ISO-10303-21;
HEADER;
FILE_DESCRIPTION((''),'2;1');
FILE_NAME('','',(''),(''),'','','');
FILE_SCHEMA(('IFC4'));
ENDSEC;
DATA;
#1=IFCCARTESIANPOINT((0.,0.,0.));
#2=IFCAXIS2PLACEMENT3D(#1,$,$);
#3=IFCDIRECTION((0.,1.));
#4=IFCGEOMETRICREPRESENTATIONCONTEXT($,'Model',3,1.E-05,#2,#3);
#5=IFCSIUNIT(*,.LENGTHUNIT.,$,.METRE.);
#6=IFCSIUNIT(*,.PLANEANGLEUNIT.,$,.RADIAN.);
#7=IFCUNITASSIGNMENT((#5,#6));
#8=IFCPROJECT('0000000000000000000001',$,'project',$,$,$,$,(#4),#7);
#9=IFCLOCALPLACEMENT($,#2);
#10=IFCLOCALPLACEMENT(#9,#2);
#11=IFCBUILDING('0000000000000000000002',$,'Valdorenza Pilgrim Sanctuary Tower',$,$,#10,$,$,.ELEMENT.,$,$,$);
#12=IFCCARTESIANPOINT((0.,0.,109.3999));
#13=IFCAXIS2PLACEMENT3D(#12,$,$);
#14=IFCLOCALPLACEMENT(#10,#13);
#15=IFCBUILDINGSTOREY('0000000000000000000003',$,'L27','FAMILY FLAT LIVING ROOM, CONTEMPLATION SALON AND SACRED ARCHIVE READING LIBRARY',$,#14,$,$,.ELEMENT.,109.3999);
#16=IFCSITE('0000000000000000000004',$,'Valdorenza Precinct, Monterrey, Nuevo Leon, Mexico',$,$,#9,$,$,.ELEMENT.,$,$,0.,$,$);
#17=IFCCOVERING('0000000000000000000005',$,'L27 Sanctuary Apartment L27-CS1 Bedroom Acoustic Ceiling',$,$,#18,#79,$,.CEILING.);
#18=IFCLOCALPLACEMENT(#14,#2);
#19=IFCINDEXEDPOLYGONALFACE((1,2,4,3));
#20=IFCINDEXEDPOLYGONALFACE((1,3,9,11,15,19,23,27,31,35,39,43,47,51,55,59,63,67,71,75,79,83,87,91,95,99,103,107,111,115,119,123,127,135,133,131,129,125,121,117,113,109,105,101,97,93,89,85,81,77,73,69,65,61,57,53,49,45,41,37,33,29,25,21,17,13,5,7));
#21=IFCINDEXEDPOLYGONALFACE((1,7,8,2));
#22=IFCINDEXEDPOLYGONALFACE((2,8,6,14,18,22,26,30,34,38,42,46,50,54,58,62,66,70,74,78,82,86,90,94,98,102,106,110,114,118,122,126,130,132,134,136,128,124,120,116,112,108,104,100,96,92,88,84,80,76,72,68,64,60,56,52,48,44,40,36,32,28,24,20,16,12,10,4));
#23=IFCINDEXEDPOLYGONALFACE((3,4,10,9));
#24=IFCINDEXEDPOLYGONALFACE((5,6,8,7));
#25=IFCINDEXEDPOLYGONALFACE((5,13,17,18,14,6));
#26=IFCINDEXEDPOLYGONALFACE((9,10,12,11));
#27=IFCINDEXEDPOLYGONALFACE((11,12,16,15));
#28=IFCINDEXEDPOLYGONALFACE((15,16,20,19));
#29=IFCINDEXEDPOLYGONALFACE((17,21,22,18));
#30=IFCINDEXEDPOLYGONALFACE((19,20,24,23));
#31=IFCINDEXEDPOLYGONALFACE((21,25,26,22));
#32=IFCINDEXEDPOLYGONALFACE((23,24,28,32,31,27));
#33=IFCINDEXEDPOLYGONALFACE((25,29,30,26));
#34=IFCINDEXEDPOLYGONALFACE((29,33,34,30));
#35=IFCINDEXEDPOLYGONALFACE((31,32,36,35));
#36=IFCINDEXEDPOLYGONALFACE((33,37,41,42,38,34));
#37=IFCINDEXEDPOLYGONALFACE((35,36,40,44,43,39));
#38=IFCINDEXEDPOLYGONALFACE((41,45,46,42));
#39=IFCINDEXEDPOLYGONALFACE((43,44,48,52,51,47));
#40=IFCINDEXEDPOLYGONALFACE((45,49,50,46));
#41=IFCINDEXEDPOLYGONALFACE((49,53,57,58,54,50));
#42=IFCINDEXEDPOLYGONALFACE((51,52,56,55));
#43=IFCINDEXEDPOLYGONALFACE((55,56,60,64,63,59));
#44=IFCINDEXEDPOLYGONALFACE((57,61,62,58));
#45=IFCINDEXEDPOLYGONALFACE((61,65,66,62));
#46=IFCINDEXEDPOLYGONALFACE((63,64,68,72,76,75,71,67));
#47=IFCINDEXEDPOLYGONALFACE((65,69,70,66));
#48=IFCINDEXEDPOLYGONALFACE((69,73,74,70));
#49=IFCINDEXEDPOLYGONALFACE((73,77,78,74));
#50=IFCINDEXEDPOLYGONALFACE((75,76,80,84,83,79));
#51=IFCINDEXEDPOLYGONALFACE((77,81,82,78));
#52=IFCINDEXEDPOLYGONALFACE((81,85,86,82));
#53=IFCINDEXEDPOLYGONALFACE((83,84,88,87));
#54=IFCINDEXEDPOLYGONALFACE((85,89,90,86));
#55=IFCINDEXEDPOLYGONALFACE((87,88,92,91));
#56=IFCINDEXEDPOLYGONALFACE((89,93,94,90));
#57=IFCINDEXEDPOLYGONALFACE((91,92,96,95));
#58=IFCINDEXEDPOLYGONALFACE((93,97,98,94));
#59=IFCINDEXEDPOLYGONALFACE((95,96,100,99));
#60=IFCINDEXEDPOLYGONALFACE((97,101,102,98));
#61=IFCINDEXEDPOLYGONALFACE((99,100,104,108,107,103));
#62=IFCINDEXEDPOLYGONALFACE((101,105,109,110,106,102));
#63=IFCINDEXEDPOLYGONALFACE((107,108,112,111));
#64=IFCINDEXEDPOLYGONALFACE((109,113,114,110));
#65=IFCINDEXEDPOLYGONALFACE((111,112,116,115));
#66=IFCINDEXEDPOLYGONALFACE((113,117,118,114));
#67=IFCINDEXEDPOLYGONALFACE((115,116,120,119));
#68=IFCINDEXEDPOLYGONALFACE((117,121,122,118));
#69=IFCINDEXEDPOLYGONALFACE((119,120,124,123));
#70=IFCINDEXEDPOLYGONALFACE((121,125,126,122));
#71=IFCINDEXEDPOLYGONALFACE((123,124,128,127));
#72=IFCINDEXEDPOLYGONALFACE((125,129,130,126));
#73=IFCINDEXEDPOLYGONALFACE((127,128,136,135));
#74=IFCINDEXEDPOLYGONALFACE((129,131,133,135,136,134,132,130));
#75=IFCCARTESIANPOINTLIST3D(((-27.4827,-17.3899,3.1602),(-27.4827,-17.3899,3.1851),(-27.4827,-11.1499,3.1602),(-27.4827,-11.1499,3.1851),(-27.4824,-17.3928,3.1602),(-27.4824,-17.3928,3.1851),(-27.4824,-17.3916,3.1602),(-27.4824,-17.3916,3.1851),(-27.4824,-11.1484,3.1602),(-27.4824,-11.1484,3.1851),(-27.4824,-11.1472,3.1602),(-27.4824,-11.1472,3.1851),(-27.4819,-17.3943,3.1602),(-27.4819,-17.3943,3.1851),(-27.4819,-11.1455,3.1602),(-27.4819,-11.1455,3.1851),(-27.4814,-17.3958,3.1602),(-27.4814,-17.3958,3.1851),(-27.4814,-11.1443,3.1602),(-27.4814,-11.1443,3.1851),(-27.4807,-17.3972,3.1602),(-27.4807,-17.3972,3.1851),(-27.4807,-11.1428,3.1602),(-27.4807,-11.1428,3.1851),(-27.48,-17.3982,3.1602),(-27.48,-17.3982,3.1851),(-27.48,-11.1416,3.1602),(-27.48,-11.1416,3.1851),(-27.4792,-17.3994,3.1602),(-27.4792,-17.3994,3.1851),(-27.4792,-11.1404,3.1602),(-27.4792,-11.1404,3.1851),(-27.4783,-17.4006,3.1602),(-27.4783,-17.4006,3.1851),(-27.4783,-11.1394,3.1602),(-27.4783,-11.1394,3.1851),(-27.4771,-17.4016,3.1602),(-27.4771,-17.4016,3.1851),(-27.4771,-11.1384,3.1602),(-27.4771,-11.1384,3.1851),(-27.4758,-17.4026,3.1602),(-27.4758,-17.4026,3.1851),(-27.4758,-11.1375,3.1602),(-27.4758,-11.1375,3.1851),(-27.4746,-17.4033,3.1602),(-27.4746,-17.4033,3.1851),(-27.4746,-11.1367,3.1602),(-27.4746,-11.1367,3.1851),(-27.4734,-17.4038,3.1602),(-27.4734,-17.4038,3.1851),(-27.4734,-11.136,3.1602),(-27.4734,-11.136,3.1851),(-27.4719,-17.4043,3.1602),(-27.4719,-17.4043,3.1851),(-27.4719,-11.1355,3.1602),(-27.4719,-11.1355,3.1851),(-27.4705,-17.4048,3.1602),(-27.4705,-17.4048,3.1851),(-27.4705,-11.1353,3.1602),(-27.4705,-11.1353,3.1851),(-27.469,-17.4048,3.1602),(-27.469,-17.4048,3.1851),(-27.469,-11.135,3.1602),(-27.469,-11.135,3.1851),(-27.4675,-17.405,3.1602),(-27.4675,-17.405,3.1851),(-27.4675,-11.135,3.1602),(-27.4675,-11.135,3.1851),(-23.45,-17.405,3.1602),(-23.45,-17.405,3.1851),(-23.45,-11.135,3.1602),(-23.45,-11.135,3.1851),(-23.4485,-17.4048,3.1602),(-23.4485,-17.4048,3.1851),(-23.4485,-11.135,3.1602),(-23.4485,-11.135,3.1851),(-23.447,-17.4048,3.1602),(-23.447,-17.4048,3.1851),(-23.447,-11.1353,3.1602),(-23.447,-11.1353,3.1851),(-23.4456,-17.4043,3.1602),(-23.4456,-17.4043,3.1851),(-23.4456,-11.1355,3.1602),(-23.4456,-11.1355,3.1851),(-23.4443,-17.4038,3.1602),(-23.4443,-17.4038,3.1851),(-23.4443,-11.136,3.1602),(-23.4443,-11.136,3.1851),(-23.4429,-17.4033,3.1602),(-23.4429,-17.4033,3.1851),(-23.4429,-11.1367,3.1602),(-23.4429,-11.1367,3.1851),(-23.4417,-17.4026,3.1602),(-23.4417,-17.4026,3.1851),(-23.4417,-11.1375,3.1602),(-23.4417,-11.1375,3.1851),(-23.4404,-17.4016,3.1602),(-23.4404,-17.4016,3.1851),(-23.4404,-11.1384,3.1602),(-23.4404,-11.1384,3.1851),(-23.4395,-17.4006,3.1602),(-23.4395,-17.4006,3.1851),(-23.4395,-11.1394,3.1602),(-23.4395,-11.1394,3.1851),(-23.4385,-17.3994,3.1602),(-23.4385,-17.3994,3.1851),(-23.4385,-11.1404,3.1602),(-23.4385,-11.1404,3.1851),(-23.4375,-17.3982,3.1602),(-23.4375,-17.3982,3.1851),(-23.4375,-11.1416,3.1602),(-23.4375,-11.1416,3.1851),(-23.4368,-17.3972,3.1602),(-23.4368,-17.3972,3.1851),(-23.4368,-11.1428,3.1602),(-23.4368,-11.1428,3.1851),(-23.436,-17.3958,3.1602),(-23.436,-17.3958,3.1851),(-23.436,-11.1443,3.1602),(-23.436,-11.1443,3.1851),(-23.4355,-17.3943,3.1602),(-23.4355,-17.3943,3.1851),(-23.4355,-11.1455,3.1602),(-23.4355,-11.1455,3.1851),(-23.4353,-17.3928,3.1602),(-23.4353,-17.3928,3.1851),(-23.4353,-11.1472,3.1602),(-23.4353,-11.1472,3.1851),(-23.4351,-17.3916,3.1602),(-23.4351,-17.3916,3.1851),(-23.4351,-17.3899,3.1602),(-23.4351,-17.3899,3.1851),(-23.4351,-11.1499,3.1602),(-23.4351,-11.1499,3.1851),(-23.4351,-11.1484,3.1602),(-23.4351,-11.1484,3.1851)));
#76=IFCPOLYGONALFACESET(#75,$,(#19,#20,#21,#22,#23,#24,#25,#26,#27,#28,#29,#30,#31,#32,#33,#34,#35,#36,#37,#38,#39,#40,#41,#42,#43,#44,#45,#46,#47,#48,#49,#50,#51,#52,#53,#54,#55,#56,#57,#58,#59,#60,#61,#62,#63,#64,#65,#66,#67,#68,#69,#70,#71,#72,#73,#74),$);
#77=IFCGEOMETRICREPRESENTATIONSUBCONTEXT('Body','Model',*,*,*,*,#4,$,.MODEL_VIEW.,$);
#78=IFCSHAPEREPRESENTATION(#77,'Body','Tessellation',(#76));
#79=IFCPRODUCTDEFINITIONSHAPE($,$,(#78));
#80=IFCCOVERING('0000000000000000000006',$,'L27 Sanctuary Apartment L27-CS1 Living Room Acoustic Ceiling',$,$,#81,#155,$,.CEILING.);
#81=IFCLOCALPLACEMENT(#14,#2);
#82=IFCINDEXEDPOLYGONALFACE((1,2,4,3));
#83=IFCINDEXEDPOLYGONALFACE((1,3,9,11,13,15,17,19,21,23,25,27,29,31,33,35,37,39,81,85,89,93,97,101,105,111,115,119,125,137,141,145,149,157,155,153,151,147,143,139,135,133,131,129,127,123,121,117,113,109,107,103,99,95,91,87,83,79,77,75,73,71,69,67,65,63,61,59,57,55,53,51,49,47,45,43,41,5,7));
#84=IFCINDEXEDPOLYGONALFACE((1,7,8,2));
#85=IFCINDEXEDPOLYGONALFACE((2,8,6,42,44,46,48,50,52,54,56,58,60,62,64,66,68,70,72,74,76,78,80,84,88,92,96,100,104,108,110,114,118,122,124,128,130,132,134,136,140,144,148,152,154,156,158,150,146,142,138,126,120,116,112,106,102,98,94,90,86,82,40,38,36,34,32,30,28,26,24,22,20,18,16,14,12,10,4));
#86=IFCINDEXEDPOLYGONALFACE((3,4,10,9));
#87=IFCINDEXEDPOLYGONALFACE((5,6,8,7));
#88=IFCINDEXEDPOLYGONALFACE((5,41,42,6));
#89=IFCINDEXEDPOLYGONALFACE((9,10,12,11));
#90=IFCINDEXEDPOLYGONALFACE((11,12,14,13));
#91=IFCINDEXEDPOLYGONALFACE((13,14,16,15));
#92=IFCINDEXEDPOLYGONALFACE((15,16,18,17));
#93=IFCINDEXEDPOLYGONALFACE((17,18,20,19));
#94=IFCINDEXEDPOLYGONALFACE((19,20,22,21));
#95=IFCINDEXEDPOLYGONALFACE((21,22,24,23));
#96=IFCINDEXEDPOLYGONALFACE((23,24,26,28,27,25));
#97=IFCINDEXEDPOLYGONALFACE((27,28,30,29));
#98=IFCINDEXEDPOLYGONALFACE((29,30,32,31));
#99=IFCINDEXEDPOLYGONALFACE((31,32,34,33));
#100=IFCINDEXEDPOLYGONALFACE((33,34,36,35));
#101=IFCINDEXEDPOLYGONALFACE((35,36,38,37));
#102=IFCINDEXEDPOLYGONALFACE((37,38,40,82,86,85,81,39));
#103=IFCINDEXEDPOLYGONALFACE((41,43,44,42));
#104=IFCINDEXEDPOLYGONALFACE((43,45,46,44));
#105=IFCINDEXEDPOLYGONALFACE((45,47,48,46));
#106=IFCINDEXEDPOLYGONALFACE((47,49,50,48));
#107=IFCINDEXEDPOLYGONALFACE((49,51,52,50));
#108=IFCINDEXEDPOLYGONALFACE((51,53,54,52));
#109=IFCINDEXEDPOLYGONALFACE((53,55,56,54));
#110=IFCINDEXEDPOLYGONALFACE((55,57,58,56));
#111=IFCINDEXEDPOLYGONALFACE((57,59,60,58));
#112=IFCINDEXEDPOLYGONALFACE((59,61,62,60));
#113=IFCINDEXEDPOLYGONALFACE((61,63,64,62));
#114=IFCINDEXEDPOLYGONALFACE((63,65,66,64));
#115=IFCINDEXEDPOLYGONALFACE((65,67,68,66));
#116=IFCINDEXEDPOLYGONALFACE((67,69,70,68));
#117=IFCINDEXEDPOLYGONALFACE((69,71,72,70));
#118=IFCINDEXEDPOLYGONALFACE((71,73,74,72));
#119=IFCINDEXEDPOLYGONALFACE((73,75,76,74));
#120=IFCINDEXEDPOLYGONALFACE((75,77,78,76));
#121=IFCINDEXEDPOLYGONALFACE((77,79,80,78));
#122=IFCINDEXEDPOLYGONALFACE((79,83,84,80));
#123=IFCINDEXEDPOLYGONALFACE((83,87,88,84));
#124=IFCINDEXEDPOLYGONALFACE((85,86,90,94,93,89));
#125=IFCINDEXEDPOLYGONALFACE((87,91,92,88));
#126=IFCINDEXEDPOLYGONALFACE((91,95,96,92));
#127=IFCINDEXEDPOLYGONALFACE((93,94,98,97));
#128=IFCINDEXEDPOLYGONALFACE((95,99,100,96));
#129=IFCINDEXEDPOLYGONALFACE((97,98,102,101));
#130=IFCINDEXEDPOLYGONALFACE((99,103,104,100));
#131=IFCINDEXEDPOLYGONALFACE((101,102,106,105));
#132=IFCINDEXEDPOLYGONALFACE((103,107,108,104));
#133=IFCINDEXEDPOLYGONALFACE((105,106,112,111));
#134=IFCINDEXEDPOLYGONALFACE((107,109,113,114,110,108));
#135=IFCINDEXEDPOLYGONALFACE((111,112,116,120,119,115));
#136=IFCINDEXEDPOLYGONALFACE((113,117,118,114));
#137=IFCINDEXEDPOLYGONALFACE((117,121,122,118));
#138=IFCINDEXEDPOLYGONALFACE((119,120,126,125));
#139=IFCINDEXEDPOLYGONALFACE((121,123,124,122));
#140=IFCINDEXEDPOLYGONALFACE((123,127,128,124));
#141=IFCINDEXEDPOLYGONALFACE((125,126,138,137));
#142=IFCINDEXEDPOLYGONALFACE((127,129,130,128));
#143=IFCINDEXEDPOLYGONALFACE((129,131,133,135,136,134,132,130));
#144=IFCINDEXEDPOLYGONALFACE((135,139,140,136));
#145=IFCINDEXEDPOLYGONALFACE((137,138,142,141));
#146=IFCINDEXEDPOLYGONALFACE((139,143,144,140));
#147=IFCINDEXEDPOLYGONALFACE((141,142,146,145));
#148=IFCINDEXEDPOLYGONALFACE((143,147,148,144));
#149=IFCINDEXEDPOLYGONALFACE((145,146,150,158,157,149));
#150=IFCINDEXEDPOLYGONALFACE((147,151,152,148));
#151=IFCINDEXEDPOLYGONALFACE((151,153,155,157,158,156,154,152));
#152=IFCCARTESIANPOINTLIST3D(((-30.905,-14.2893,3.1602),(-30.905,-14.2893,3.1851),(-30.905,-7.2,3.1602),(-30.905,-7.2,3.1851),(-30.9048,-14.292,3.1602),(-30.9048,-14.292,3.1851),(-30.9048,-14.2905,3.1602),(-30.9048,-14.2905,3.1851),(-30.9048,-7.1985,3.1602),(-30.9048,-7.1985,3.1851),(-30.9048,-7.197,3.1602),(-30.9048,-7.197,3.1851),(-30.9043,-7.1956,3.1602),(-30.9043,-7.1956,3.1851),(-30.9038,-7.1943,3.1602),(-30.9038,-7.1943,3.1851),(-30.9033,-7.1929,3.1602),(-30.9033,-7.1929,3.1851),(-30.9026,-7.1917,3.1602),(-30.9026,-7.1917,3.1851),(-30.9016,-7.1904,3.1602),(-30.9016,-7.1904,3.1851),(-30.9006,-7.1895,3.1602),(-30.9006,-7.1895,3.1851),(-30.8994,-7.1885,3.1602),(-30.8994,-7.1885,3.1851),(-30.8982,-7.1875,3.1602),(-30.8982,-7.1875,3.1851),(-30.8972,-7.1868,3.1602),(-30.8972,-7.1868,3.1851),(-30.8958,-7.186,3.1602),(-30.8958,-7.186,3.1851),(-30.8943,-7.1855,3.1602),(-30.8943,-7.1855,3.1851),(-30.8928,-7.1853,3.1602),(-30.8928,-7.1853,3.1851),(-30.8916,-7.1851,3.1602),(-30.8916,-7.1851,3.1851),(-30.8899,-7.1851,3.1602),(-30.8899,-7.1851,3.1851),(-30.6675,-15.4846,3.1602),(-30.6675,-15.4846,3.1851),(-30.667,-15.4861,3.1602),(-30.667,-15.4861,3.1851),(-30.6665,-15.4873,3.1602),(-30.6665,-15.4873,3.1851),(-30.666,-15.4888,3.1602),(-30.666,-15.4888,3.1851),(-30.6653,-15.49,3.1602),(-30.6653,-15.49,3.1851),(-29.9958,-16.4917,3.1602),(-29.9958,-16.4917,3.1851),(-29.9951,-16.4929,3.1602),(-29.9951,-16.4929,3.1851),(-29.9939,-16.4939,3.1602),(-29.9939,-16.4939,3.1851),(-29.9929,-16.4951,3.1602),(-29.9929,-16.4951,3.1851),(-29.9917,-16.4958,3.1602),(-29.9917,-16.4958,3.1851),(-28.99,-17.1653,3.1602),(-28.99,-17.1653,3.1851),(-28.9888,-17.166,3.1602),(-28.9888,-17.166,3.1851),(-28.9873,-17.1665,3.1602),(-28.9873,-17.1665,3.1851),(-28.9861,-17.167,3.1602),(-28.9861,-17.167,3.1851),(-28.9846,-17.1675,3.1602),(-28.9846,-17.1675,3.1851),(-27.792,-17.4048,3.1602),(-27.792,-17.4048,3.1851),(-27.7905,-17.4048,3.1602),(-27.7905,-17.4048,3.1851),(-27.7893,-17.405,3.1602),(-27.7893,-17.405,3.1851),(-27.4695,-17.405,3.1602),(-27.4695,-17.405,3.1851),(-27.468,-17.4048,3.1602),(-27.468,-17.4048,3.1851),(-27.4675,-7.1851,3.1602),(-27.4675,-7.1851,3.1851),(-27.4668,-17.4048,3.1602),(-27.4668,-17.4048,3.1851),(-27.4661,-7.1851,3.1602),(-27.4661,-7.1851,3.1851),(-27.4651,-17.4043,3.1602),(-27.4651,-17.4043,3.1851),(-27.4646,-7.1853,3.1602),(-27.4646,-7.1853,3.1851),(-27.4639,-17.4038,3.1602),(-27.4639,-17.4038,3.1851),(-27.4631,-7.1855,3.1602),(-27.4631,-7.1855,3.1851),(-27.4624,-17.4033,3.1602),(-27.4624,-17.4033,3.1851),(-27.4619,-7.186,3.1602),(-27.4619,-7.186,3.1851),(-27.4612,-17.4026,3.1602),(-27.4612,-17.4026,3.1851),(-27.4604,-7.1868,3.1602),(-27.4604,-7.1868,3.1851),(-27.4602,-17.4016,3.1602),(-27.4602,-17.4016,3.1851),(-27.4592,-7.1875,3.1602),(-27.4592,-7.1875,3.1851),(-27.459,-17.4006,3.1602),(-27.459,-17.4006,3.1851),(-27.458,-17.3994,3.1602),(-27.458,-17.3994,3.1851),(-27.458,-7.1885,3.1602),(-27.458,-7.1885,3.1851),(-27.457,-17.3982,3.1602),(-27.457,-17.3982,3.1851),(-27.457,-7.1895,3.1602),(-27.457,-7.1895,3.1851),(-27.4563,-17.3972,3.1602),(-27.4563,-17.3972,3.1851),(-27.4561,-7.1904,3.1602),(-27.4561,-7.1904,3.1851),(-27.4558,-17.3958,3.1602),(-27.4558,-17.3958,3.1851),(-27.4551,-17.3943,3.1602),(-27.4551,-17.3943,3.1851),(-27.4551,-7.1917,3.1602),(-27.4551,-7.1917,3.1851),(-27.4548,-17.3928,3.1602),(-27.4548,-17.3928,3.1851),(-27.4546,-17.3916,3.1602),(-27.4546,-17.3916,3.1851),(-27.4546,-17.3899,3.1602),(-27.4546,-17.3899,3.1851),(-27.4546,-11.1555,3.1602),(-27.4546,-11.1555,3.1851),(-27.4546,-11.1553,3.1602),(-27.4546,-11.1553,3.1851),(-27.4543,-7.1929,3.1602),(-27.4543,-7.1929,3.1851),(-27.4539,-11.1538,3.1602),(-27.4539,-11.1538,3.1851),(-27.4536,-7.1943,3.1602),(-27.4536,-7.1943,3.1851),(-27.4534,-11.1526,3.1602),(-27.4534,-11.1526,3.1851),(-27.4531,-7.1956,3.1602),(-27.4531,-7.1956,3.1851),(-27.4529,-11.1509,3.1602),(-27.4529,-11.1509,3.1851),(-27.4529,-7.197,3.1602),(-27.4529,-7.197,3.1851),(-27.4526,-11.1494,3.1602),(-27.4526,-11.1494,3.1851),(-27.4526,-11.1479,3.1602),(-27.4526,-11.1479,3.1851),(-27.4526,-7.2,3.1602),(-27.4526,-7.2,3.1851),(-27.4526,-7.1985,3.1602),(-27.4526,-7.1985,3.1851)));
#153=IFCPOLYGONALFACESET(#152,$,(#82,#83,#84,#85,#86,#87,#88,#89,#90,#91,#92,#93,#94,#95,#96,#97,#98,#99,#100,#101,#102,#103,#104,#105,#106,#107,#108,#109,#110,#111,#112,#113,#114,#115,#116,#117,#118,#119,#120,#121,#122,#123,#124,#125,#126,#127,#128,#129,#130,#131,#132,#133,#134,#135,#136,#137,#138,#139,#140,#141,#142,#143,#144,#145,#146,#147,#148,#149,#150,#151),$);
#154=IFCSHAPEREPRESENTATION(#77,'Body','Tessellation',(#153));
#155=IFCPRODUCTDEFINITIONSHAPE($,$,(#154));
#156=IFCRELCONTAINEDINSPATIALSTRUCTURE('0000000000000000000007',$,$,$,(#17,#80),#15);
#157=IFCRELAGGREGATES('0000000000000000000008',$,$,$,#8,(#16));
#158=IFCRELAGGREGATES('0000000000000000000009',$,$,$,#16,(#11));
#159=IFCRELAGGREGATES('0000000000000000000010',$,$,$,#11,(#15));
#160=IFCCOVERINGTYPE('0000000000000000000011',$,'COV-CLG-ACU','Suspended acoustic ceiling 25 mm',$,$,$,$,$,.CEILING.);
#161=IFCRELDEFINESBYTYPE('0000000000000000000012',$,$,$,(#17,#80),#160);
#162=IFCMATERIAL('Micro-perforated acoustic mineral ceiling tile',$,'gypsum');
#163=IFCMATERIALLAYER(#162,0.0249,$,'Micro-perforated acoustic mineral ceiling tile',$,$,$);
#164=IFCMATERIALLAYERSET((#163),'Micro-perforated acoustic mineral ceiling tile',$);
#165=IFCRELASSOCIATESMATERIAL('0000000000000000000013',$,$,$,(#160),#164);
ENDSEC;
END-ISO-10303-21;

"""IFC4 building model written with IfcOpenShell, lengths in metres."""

from ifc_helpers import new_model, si_unit, direction, frame, origin, place, context, subcontext, project, spatial, polyline, outline, extrude, material, layer, layer_set, type_object, element, save


model = new_model("IFC4")

# Units and contexts
model_context = context("Model", 3, precision=1e-05, world=origin(), true_north=direction((0.0, 1.0)))
body_context = subcontext(model_context, "Body", "Model", "MODEL_VIEW")
ifc_project = project(units=[si_unit("LENGTHUNIT", "METRE"), si_unit("PLANEANGLEUNIT", "RADIAN")], contexts=[model_context])

# Site, building, storey
site_placement = place(None, origin())
site = spatial("IfcSite", under=ifc_project, at=site_placement, Name="Valdorenza Precinct, Monterrey, Nuevo Leon, Mexico", CompositionType="ELEMENT", RefElevation=0.0)
building_placement = place(site_placement, origin())
building = spatial("IfcBuilding", under=site, at=building_placement, Name="Valdorenza Pilgrim Sanctuary Tower", CompositionType="ELEMENT")
storey_placement = place(building_placement, frame((0.0, 0.0, 109.3999)))
storey = spatial("IfcBuildingStorey", under=building, at=storey_placement, Name="L27", Description="FAMILY FLAT LIVING ROOM, CONTEMPLATION SALON AND SACRED ARCHIVE READING LIBRARY", CompositionType="ELEMENT", Elevation=109.3999)

# Coverings
ifc_material_1 = material(Name="Micro-perforated acoustic mineral ceiling tile", Category="gypsum")
ifc_layer_1 = layer(ifc_material_1, 0.0249, Name="Micro-perforated acoustic mineral ceiling tile")
ifc_layer_set_1 = layer_set([ifc_layer_1], Name="Micro-perforated acoustic mineral ceiling tile")
covering_type_1 = type_object("IfcCoveringType", Name="COV-CLG-ACU", Description="Suspended acoustic ceiling 25 mm", PredefinedType="CEILING", material=ifc_layer_set_1)
covering_1_placement = place(storey_placement, frame((0.0, 0.0, 3.1602)))
element("IfcCovering", 1, at=covering_1_placement, inside=storey, type_object=covering_type_1, Name="L27 Sanctuary Apartment L27-CS1 Bedroom Acoustic Ceiling", PredefinedType="CEILING", context=body_context, shape_type="SweptSolid", body=[
    extrude(outline(polyline([(-27.4827, -11.1499), (-27.4824, -11.1484), (-27.4824, -11.1472), (-27.4819, -11.1455), (-27.4814, -11.1443), (-27.4807, -11.1428), (-27.48, -11.1416), (-27.4792, -11.1404), (-27.4783, -11.1394), (-27.4771, -11.1384), (-27.4758, -11.1375), (-27.4746, -11.1367), (-27.4734, -11.136), (-27.4719, -11.1355), (-27.4705, -11.1353), (-27.469, -11.135), (-27.4675, -11.135), (-23.45, -11.135), (-23.4485, -11.135), (-23.447, -11.1353), (-23.4456, -11.1355), (-23.4443, -11.136), (-23.4429, -11.1367), (-23.4417, -11.1375), (-23.4404, -11.1384), (-23.4395, -11.1394), (-23.4385, -11.1404), (-23.4375, -11.1416), (-23.4368, -11.1428), (-23.436, -11.1443), (-23.4355, -11.1455), (-23.4353, -11.1472), (-23.4351, -11.1484), (-23.4351, -11.1499), (-23.4351, -17.3899), (-23.4351, -17.3916), (-23.4353, -17.3928), (-23.4355, -17.3943), (-23.436, -17.3958), (-23.4368, -17.3972), (-23.4375, -17.3982), (-23.4385, -17.3994), (-23.4395, -17.4006), (-23.4404, -17.4016), (-23.4417, -17.4026), (-23.4429, -17.4033), (-23.4443, -17.4038), (-23.4456, -17.4043), (-23.447, -17.4048), (-23.4485, -17.4048), (-23.45, -17.405), (-27.4675, -17.405), (-27.469, -17.4048), (-27.4705, -17.4048), (-27.4719, -17.4043), (-27.4734, -17.4038), (-27.4746, -17.4033), (-27.4758, -17.4026), (-27.4771, -17.4016), (-27.4783, -17.4006), (-27.4792, -17.3994), (-27.48, -17.3982), (-27.4807, -17.3972), (-27.4814, -17.3958), (-27.4819, -17.3943), (-27.4824, -17.3928), (-27.4824, -17.3916), (-27.4827, -17.3899), (-27.4827, -11.1499)])), origin(), (0.0, 0.0, 1.0), 0.0249),
])
covering_2_placement = place(storey_placement, frame((0.0, 0.0, 3.1602)))
element("IfcCovering", 2, at=covering_2_placement, inside=storey, type_object=covering_type_1, Name="L27 Sanctuary Apartment L27-CS1 Living Room Acoustic Ceiling", PredefinedType="CEILING", context=body_context, shape_type="SweptSolid", body=[
    extrude(outline(polyline([(-28.9846, -17.1675), (-28.9861, -17.167), (-28.9873, -17.1665), (-28.9888, -17.166), (-28.99, -17.1653), (-29.9917, -16.4958), (-29.9929, -16.4951), (-29.9939, -16.4939), (-29.9951, -16.4929), (-29.9958, -16.4917), (-30.6653, -15.49), (-30.666, -15.4888), (-30.6665, -15.4873), (-30.667, -15.4861), (-30.6675, -15.4846), (-30.9048, -14.292), (-30.9048, -14.2905), (-30.905, -14.2893), (-30.905, -7.2), (-30.9048, -7.1985), (-30.9048, -7.197), (-30.9043, -7.1956), (-30.9038, -7.1943), (-30.9033, -7.1929), (-30.9026, -7.1917), (-30.9016, -7.1904), (-30.9006, -7.1895), (-30.8994, -7.1885), (-30.8982, -7.1875), (-30.8972, -7.1868), (-30.8958, -7.186), (-30.8943, -7.1855), (-30.8928, -7.1853), (-30.8916, -7.1851), (-30.8899, -7.1851), (-27.4675, -7.1851), (-27.4661, -7.1851), (-27.4646, -7.1853), (-27.4631, -7.1855), (-27.4619, -7.186), (-27.4604, -7.1868), (-27.4592, -7.1875), (-27.458, -7.1885), (-27.457, -7.1895), (-27.4561, -7.1904), (-27.4551, -7.1917), (-27.4543, -7.1929), (-27.4536, -7.1943), (-27.4531, -7.1956), (-27.4529, -7.197), (-27.4526, -7.1985), (-27.4526, -7.2), (-27.4526, -11.1479), (-27.4526, -11.1494), (-27.4529, -11.1509), (-27.4534, -11.1526), (-27.4539, -11.1538), (-27.4546, -11.1553), (-27.4546, -11.1555), (-27.4546, -17.3899), (-27.4546, -17.3916), (-27.4548, -17.3928), (-27.4551, -17.3943), (-27.4558, -17.3958), (-27.4563, -17.3972), (-27.457, -17.3982), (-27.458, -17.3994), (-27.459, -17.4006), (-27.4602, -17.4016), (-27.4612, -17.4026), (-27.4624, -17.4033), (-27.4639, -17.4038), (-27.4651, -17.4043), (-27.4668, -17.4048), (-27.468, -17.4048), (-27.4695, -17.405), (-27.7893, -17.405), (-27.7905, -17.4048), (-27.792, -17.4048), (-28.9846, -17.1675)])), origin(), (0.0, 0.0, 1.0), 0.0249),
])

save(model, "model.ifc")
